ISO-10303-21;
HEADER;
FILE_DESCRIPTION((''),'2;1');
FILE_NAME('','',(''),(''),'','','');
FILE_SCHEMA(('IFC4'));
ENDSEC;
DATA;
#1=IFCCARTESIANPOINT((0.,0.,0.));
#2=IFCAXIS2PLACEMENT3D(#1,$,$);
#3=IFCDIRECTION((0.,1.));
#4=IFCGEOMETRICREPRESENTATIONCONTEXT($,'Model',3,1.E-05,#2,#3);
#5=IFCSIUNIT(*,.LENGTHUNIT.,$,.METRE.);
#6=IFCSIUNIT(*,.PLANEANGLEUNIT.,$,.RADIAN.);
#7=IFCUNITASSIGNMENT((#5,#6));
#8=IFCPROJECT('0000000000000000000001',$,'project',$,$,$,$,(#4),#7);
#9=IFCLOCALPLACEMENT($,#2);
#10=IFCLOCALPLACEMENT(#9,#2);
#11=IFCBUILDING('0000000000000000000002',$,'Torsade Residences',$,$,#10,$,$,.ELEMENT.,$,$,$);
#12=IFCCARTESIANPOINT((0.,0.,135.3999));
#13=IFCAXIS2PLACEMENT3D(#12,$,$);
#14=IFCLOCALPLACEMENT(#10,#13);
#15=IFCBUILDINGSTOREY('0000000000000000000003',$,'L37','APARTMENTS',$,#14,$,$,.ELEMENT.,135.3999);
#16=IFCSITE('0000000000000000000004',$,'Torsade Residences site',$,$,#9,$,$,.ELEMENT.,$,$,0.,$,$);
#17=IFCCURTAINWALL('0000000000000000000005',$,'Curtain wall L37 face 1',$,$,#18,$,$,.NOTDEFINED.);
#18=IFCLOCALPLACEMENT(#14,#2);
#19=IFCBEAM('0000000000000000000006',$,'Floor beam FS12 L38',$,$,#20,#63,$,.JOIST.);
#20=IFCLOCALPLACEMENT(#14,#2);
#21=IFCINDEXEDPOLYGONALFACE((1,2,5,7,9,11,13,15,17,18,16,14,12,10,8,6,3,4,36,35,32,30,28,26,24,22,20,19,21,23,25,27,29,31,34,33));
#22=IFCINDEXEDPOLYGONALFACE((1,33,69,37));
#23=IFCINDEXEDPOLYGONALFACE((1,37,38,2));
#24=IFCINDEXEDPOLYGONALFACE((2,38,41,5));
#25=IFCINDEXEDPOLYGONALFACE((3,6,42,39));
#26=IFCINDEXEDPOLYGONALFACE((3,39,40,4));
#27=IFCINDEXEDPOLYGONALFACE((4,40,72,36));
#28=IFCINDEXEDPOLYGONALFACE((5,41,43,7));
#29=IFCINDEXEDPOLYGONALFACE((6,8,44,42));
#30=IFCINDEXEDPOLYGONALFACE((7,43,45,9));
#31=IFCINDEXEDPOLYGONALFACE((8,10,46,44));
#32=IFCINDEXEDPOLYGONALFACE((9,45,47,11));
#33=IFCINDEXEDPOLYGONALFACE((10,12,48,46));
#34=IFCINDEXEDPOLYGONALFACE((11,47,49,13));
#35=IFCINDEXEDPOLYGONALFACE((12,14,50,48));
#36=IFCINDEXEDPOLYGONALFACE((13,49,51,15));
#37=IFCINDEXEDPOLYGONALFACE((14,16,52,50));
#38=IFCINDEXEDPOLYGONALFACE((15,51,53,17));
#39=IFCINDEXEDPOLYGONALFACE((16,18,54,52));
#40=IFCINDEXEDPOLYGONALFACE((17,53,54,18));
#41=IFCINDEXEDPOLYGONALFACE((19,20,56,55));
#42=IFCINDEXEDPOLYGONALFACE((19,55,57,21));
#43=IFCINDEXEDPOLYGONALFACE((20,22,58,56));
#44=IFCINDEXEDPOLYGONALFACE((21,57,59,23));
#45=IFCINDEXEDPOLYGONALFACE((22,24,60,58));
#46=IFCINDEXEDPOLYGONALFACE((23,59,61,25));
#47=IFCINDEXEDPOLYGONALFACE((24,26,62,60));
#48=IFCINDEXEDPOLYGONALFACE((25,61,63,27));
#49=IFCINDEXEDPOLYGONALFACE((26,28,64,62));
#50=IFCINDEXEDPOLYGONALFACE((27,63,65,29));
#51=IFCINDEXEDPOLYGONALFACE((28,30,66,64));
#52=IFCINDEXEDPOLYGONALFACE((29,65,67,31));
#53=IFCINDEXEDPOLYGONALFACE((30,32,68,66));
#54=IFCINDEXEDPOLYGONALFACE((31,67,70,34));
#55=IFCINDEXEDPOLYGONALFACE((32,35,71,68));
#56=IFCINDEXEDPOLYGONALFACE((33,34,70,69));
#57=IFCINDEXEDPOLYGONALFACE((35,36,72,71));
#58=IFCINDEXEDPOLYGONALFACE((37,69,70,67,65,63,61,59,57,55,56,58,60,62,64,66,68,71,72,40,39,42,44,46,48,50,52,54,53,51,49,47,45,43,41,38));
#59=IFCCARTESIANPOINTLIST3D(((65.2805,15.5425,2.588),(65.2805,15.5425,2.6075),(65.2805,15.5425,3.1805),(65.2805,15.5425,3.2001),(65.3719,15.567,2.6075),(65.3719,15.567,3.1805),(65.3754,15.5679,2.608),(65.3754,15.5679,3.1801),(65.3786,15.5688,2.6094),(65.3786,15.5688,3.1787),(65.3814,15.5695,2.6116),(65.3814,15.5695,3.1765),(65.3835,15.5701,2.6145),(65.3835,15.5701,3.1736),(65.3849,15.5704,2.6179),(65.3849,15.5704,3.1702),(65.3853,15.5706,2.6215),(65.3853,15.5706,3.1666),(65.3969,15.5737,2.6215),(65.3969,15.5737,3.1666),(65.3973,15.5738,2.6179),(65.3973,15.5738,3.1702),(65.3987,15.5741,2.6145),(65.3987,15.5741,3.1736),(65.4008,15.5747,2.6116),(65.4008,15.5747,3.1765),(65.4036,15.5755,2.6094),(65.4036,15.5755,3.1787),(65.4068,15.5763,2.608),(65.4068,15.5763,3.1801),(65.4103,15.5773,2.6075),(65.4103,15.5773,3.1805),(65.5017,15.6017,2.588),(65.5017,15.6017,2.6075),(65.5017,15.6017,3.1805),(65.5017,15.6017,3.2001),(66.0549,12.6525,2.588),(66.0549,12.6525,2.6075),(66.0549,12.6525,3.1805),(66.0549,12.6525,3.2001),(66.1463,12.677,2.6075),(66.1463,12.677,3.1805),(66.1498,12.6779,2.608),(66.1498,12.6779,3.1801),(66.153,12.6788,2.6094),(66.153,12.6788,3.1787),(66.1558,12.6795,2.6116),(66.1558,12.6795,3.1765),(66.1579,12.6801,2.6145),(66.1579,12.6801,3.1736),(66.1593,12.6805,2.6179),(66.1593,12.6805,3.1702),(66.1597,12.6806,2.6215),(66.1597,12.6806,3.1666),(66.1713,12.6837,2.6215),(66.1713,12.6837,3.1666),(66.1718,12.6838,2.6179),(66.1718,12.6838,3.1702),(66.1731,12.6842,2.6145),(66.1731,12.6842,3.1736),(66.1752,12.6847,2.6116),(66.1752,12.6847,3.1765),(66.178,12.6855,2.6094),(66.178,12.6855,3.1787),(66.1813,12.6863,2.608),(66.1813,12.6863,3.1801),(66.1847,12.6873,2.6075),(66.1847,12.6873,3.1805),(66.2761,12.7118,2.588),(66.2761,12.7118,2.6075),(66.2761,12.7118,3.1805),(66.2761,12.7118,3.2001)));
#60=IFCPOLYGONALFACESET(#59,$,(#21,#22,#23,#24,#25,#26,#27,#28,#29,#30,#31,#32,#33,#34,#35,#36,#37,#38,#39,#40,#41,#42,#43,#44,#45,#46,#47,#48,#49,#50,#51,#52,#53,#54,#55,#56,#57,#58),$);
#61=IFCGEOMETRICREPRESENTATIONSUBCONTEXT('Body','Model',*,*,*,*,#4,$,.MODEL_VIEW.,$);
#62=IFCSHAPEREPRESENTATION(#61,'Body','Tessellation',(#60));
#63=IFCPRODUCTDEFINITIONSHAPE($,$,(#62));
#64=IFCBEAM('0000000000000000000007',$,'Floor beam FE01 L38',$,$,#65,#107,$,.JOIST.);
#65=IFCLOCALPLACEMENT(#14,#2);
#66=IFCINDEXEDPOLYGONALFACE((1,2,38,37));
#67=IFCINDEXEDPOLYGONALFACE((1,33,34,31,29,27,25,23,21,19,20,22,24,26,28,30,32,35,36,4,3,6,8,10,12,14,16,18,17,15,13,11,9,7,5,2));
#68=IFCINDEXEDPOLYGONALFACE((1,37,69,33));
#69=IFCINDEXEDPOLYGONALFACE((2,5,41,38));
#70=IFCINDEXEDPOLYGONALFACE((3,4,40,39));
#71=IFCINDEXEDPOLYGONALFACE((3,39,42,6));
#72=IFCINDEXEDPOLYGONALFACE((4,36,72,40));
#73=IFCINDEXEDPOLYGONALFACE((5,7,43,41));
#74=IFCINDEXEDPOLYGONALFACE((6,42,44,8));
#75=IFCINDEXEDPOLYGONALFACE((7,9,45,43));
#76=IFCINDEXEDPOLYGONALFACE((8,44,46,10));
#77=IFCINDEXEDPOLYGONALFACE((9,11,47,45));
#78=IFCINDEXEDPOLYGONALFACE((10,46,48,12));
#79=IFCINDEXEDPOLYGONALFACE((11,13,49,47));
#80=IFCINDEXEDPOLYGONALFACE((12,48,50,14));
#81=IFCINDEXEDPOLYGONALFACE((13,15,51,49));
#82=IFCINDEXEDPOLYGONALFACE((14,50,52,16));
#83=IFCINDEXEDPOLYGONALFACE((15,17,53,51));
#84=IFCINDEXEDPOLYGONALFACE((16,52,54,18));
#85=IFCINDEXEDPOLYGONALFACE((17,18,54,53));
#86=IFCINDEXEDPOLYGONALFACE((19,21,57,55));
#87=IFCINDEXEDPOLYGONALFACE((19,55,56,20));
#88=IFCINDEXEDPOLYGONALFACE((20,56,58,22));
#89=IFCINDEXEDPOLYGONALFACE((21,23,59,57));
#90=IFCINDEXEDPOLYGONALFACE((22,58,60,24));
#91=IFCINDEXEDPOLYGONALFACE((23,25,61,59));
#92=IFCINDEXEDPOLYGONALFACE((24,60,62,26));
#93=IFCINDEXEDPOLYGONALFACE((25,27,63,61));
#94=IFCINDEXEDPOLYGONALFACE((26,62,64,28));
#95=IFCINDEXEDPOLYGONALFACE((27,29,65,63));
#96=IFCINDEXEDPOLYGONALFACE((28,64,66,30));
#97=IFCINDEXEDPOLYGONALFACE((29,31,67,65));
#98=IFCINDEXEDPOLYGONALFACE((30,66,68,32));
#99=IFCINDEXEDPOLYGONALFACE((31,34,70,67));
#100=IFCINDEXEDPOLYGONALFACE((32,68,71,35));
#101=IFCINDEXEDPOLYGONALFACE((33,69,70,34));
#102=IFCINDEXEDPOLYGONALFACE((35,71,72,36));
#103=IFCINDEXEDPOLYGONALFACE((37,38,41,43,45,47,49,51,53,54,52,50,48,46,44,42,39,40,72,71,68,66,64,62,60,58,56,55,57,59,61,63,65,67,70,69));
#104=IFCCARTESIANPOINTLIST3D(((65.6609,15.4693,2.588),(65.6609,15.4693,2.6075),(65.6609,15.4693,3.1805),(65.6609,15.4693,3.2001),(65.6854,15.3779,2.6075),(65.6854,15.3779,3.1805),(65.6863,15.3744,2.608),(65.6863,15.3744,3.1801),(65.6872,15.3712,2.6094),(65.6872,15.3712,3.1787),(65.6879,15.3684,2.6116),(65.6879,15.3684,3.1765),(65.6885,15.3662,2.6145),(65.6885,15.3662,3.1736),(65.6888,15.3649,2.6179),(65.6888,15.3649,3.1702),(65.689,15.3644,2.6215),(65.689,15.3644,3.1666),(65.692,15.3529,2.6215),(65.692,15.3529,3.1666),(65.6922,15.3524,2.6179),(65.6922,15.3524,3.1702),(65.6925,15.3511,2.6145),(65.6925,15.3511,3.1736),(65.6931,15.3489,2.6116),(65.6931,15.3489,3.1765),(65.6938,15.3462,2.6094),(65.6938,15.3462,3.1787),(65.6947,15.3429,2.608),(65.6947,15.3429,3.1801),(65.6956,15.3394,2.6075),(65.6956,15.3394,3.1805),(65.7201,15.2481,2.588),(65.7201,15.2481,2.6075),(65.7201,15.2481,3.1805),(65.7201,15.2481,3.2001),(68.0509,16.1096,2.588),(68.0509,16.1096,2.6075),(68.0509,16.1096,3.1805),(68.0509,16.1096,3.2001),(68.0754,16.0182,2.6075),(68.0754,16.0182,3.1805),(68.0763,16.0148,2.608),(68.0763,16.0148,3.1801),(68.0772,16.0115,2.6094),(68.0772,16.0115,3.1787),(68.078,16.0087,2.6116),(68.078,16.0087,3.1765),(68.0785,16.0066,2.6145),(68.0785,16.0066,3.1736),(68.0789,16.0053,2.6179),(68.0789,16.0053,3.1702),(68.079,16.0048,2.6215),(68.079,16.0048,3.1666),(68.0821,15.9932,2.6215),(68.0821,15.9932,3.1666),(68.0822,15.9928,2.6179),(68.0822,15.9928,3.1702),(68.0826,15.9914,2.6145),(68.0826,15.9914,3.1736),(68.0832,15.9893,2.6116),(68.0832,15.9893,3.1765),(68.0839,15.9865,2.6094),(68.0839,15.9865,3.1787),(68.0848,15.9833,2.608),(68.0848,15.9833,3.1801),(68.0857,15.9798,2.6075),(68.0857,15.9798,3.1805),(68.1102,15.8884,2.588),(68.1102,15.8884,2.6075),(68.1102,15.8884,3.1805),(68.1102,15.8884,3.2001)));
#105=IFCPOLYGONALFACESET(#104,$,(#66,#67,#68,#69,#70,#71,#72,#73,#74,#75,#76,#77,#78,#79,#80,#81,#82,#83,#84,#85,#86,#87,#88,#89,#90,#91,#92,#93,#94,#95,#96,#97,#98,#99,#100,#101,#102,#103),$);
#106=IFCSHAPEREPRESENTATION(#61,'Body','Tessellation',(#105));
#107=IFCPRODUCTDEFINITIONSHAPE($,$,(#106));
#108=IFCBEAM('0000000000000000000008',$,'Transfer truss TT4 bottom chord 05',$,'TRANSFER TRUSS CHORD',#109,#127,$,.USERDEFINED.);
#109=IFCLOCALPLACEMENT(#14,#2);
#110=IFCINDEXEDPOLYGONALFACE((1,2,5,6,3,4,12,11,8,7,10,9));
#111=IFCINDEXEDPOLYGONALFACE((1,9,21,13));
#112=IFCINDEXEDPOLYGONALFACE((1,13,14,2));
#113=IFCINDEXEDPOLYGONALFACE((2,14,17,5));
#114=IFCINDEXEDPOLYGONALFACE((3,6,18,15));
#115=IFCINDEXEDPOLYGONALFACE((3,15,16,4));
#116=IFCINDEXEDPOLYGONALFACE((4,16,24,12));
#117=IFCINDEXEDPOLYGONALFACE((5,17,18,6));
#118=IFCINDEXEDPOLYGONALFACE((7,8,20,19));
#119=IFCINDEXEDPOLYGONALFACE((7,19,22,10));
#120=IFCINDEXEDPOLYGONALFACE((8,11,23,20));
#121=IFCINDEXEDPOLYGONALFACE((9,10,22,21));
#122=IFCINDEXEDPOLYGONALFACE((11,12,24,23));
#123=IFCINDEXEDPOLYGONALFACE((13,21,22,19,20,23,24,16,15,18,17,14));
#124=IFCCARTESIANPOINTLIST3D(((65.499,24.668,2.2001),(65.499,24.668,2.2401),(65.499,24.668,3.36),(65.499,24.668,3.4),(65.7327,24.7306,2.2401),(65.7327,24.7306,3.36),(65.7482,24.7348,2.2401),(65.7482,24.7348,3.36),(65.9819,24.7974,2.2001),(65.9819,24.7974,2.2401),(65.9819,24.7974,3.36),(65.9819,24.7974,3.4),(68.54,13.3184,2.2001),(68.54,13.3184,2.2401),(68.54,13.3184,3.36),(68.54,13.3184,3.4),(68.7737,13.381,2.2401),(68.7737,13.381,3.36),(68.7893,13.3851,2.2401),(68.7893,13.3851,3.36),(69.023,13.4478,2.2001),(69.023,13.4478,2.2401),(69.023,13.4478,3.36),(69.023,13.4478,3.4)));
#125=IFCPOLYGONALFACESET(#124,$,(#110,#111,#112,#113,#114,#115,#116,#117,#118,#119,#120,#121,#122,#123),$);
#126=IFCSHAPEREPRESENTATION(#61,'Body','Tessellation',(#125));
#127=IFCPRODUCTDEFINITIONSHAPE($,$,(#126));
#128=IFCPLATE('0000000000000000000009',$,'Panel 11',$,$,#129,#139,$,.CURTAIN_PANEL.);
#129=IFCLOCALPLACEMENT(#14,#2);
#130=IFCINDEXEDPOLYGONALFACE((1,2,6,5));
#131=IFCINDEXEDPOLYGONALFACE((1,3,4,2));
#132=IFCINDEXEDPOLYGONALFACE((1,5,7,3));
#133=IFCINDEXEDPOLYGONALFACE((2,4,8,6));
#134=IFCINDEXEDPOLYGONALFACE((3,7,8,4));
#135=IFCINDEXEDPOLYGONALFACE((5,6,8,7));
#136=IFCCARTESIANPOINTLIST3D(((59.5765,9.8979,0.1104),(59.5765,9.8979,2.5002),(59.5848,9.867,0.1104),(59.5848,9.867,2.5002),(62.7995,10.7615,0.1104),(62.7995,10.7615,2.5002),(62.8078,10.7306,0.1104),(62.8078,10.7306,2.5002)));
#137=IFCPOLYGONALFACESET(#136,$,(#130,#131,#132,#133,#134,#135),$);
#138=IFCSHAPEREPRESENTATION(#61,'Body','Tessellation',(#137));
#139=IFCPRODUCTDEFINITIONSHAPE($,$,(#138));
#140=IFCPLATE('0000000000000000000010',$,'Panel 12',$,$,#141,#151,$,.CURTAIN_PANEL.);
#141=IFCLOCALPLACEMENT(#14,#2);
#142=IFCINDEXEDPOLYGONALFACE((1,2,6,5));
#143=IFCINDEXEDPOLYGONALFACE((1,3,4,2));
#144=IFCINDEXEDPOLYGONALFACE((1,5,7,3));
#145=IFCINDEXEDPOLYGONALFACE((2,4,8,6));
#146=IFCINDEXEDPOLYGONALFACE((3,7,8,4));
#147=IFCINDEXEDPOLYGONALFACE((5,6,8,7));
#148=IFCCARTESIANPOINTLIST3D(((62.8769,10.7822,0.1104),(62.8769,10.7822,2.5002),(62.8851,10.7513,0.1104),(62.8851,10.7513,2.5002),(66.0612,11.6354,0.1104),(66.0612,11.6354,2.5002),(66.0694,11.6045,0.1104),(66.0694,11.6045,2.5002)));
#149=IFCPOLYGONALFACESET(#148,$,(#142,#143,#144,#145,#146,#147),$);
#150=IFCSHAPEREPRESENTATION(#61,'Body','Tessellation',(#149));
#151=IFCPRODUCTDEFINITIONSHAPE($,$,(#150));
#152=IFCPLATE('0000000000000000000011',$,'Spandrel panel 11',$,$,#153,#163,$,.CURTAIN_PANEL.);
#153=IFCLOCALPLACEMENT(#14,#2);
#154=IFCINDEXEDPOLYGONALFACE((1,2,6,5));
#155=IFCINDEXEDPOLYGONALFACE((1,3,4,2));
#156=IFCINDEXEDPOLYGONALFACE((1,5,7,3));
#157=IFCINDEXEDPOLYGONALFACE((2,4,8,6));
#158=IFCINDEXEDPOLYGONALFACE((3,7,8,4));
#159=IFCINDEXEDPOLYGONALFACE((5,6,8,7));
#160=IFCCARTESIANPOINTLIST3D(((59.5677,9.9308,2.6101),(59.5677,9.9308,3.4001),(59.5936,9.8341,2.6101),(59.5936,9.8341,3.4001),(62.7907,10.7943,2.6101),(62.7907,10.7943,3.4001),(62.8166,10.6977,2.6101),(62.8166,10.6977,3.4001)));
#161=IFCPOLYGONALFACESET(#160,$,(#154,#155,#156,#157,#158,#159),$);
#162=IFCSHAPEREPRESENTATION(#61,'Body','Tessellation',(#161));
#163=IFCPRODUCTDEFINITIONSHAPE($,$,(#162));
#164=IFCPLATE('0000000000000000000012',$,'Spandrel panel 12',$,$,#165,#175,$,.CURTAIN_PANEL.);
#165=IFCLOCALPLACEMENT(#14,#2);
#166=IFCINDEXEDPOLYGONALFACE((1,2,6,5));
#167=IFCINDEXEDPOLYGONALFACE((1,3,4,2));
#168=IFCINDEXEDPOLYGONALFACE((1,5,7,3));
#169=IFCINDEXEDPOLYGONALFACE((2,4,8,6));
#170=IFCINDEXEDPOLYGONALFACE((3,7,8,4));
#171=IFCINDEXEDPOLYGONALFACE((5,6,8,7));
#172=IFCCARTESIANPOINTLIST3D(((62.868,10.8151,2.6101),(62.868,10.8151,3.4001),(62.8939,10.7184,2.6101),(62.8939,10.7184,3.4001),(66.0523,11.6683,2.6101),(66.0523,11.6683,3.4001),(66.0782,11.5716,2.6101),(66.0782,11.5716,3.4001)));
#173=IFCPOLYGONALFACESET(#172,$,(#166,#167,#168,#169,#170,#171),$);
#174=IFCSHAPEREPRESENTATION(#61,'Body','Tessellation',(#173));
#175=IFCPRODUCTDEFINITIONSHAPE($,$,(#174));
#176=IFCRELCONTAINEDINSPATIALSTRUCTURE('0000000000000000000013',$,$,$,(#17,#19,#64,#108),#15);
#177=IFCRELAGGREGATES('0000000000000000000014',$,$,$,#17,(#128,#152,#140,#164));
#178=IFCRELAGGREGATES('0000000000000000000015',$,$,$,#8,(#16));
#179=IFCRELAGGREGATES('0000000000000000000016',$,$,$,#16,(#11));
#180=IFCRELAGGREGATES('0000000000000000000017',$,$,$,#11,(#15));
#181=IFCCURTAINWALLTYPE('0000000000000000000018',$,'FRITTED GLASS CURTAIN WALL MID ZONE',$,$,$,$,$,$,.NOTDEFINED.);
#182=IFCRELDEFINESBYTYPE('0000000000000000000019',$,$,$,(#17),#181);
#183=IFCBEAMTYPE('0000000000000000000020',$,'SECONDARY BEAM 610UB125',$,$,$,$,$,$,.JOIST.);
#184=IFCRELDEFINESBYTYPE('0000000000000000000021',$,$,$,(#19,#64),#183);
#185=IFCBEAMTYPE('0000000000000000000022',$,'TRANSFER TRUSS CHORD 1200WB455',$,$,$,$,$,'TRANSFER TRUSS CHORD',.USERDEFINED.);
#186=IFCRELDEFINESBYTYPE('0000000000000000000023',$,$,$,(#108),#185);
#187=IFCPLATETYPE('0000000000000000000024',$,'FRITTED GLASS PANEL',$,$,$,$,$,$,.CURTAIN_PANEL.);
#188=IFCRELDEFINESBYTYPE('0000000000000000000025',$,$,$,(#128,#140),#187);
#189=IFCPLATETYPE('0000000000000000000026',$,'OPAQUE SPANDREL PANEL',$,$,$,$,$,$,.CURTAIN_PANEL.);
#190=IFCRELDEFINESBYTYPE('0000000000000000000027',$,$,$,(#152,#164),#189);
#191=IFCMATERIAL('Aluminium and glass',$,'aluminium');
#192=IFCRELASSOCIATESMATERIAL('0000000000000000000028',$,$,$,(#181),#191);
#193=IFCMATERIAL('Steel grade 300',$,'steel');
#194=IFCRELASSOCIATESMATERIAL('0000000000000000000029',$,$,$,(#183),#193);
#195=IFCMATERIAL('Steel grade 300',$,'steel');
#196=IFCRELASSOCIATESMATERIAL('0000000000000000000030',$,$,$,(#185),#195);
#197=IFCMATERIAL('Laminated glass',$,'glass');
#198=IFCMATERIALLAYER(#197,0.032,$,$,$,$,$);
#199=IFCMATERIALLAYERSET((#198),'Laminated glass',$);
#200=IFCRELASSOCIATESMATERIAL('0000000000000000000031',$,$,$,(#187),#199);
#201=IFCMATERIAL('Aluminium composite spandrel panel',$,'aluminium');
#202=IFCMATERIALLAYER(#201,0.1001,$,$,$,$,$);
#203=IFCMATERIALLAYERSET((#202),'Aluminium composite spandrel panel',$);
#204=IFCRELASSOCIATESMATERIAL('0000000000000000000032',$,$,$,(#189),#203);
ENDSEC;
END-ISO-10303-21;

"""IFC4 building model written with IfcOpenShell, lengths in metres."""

from ifc_helpers import new_model, si_unit, direction, frame, origin, origin_2d, place, context, subcontext, project, spatial, rectangle, i_section, extrude, material, layer, layer_set, material_profile, profile_set, type_object, element, aggregate, save


model = new_model("IFC4")

# Units and contexts
model_context = context("Model", 3, precision=1e-05, world=origin(), true_north=direction((0.0, 1.0)))
body_context = subcontext(model_context, "Body", "Model", "MODEL_VIEW")
ifc_project = project(units=[si_unit("LENGTHUNIT", "METRE"), si_unit("PLANEANGLEUNIT", "RADIAN")], contexts=[model_context])

# Site, building, storey
site_placement = place(None, origin())
site = spatial("IfcSite", under=ifc_project, at=site_placement, Name="Torsade Residences site", CompositionType="ELEMENT", RefElevation=0.0)
building_placement = place(site_placement, origin())
building = spatial("IfcBuilding", under=site, at=building_placement, Name="Torsade Residences", CompositionType="ELEMENT")
storey_placement = place(building_placement, frame((0.0, 0.0, 135.3999)))
storey = spatial("IfcBuildingStorey", under=building, at=storey_placement, Name="L37", Description="APARTMENTS", CompositionType="ELEMENT", Elevation=135.3999)

# Curtain wall
ifc_material_1 = material(Name="Aluminium and glass", Category="aluminium")
curtain_wall_type = type_object("IfcCurtainWallType", Name="FRITTED GLASS CURTAIN WALL MID ZONE", PredefinedType="NOTDEFINED", material=ifc_material_1)
curtain_wall_placement = place(storey_placement, origin())
curtain_wall = element("IfcCurtainWall", 1, at=curtain_wall_placement, inside=storey, type_object=curtain_wall_type, Name="Curtain wall L37 face 1", PredefinedType="NOTDEFINED")

# Beams
ifc_material_2 = material(Name="Steel grade 300", Category="steel")
ifc_material_profile_1 = material_profile(ifc_material_2, i_section(OverallWidth=0.229, OverallDepth=0.6121, WebThickness=0.012, FlangeThickness=0.0195, FilletRadius=0.0139, at=origin_2d()), Name="610UB125")
ifc_profile_set_1 = profile_set([ifc_material_profile_1], Name="Steel grade 300")
beam_type_1 = type_object("IfcBeamType", Name="SECONDARY BEAM 610UB125", PredefinedType="JOIST", material=ifc_profile_set_1)
beam_1_placement = place(storey_placement, frame((66.1655, 12.6821, 2.894), z_axis=(-0.258841, 0.96592, 0.0), x_axis=(-0.96592, -0.258841, 0.0)))
element("IfcBeam", 2, at=beam_1_placement, inside=storey, type_object=beam_type_1, Name="Floor beam FS12 L38", PredefinedType="JOIST", context=body_context, shape_type="SweptSolid", body=[
    extrude(i_section(OverallWidth=0.229, OverallDepth=0.6121, WebThickness=0.012, FlangeThickness=0.0195, FilletRadius=0.0139, at=origin_2d()), origin(), (0.0, 0.0, 1.0), 2.9919),
])
beam_2_placement = place(storey_placement, frame((68.0806, 15.999, 2.894), z_axis=(-0.965931, -0.258799, 0.0), x_axis=(0.258799, -0.965931, 0.0)))
element("IfcBeam", 3, at=beam_2_placement, inside=storey, type_object=beam_type_1, Name="Floor beam FE01 L38", PredefinedType="JOIST", context=body_context, shape_type="SweptSolid", body=[
    extrude(i_section(OverallWidth=0.229, OverallDepth=0.6121, WebThickness=0.012, FlangeThickness=0.0195, FilletRadius=0.0139, at=origin_2d()), origin(), (0.0, 0.0, 1.0), 2.4744),
])
ifc_material_3 = material(Name="Steel grade 300", Category="steel")
ifc_material_profile_2 = material_profile(ifc_material_3, i_section(OverallWidth=0.5, OverallDepth=1.2, WebThickness=0.0161, FlangeThickness=0.04, at=origin_2d()), Name="1200WB455")
ifc_profile_set_2 = profile_set([ifc_material_profile_2], Name="Steel grade 300")
beam_type_2 = type_object("IfcBeamType", Name="TRANSFER TRUSS CHORD 1200WB455", ElementType="TRANSFER TRUSS CHORD", PredefinedType="USERDEFINED", material=ifc_profile_set_2)
beam_3_placement = place(storey_placement, frame((68.7815, 13.3831, 2.8), z_axis=(-0.258811, 0.965928, 0.0), x_axis=(-0.965928, -0.258811, 0.0)))
element("IfcBeam", 4, at=beam_3_placement, inside=storey, type_object=beam_type_2, Name="Transfer truss TT4 bottom chord 05", ObjectType="TRANSFER TRUSS CHORD", PredefinedType="USERDEFINED", context=body_context, shape_type="SweptSolid", body=[
    extrude(i_section(OverallWidth=0.5, OverallDepth=1.2, WebThickness=0.0161, FlangeThickness=0.04, at=origin_2d()), origin(), (0.0, 0.0, 1.0), 11.75),
])

# Plates
ifc_material_4 = material(Name="Laminated glass", Category="glass")
ifc_layer_1 = layer(ifc_material_4, 0.032)
ifc_layer_set_1 = layer_set([ifc_layer_1], Name="Laminated glass")
plate_type_1 = type_object("IfcPlateType", Name="FRITTED GLASS PANEL", PredefinedType="CURTAIN_PANEL", material=ifc_layer_set_1)
plate_1_placement = place(storey_placement, frame((61.1921, 10.3142, 0.1104), z_axis=(0.0, 0.0, 1.0), x_axis=(0.965926, 0.258819, 0.0)))
plate_1 = element("IfcPlate", 5, at=plate_1_placement, type_object=plate_type_1, Name="Panel 11", PredefinedType="CURTAIN_PANEL", context=body_context, shape_type="SweptSolid", body=[
    extrude(rectangle(XDim=3.3367, YDim=0.032, at=origin_2d()), origin(), (0.0, 0.0, 1.0), 2.3899),
])
plate_2_placement = place(storey_placement, frame((64.4731, 11.1934, 0.1104), z_axis=(0.0, 0.0, 1.0), x_axis=(0.965926, 0.258819, 0.0)))
plate_2 = element("IfcPlate", 6, at=plate_2_placement, type_object=plate_type_1, Name="Panel 12", PredefinedType="CURTAIN_PANEL", context=body_context, shape_type="SweptSolid", body=[
    extrude(rectangle(XDim=3.2966, YDim=0.032, at=origin_2d()), origin(), (0.0, 0.0, 1.0), 2.3899),
])
ifc_material_5 = material(Name="Aluminium composite spandrel panel", Category="aluminium")
ifc_layer_2 = layer(ifc_material_5, 0.1001)
ifc_layer_set_2 = layer_set([ifc_layer_2], Name="Aluminium composite spandrel panel")
plate_type_2 = type_object("IfcPlateType", Name="OPAQUE SPANDREL PANEL", PredefinedType="CURTAIN_PANEL", material=ifc_layer_set_2)
plate_3_placement = place(storey_placement, frame((61.1921, 10.3142, 2.6101), z_axis=(0.0, 0.0, 1.0), x_axis=(0.965926, 0.258819, 0.0)))
plate_3 = element("IfcPlate", 7, at=plate_3_placement, type_object=plate_type_2, Name="Spandrel panel 11", PredefinedType="CURTAIN_PANEL", context=body_context, shape_type="SweptSolid", body=[
    extrude(rectangle(XDim=3.3367, YDim=0.1001, at=origin_2d()), origin(), (0.0, 0.0, 1.0), 0.79),
])
plate_4_placement = place(storey_placement, frame((64.4731, 11.1934, 2.6101), z_axis=(0.0, 0.0, 1.0), x_axis=(0.965926, 0.258819, 0.0)))
plate_4 = element("IfcPlate", 8, at=plate_4_placement, type_object=plate_type_2, Name="Spandrel panel 12", PredefinedType="CURTAIN_PANEL", context=body_context, shape_type="SweptSolid", body=[
    extrude(rectangle(XDim=3.2966, YDim=0.1001, at=origin_2d()), origin(), (0.0, 0.0, 1.0), 0.79),
])
aggregate(curtain_wall, [plate_1, plate_3, plate_2, plate_4])

save(model, "model.ifc")
